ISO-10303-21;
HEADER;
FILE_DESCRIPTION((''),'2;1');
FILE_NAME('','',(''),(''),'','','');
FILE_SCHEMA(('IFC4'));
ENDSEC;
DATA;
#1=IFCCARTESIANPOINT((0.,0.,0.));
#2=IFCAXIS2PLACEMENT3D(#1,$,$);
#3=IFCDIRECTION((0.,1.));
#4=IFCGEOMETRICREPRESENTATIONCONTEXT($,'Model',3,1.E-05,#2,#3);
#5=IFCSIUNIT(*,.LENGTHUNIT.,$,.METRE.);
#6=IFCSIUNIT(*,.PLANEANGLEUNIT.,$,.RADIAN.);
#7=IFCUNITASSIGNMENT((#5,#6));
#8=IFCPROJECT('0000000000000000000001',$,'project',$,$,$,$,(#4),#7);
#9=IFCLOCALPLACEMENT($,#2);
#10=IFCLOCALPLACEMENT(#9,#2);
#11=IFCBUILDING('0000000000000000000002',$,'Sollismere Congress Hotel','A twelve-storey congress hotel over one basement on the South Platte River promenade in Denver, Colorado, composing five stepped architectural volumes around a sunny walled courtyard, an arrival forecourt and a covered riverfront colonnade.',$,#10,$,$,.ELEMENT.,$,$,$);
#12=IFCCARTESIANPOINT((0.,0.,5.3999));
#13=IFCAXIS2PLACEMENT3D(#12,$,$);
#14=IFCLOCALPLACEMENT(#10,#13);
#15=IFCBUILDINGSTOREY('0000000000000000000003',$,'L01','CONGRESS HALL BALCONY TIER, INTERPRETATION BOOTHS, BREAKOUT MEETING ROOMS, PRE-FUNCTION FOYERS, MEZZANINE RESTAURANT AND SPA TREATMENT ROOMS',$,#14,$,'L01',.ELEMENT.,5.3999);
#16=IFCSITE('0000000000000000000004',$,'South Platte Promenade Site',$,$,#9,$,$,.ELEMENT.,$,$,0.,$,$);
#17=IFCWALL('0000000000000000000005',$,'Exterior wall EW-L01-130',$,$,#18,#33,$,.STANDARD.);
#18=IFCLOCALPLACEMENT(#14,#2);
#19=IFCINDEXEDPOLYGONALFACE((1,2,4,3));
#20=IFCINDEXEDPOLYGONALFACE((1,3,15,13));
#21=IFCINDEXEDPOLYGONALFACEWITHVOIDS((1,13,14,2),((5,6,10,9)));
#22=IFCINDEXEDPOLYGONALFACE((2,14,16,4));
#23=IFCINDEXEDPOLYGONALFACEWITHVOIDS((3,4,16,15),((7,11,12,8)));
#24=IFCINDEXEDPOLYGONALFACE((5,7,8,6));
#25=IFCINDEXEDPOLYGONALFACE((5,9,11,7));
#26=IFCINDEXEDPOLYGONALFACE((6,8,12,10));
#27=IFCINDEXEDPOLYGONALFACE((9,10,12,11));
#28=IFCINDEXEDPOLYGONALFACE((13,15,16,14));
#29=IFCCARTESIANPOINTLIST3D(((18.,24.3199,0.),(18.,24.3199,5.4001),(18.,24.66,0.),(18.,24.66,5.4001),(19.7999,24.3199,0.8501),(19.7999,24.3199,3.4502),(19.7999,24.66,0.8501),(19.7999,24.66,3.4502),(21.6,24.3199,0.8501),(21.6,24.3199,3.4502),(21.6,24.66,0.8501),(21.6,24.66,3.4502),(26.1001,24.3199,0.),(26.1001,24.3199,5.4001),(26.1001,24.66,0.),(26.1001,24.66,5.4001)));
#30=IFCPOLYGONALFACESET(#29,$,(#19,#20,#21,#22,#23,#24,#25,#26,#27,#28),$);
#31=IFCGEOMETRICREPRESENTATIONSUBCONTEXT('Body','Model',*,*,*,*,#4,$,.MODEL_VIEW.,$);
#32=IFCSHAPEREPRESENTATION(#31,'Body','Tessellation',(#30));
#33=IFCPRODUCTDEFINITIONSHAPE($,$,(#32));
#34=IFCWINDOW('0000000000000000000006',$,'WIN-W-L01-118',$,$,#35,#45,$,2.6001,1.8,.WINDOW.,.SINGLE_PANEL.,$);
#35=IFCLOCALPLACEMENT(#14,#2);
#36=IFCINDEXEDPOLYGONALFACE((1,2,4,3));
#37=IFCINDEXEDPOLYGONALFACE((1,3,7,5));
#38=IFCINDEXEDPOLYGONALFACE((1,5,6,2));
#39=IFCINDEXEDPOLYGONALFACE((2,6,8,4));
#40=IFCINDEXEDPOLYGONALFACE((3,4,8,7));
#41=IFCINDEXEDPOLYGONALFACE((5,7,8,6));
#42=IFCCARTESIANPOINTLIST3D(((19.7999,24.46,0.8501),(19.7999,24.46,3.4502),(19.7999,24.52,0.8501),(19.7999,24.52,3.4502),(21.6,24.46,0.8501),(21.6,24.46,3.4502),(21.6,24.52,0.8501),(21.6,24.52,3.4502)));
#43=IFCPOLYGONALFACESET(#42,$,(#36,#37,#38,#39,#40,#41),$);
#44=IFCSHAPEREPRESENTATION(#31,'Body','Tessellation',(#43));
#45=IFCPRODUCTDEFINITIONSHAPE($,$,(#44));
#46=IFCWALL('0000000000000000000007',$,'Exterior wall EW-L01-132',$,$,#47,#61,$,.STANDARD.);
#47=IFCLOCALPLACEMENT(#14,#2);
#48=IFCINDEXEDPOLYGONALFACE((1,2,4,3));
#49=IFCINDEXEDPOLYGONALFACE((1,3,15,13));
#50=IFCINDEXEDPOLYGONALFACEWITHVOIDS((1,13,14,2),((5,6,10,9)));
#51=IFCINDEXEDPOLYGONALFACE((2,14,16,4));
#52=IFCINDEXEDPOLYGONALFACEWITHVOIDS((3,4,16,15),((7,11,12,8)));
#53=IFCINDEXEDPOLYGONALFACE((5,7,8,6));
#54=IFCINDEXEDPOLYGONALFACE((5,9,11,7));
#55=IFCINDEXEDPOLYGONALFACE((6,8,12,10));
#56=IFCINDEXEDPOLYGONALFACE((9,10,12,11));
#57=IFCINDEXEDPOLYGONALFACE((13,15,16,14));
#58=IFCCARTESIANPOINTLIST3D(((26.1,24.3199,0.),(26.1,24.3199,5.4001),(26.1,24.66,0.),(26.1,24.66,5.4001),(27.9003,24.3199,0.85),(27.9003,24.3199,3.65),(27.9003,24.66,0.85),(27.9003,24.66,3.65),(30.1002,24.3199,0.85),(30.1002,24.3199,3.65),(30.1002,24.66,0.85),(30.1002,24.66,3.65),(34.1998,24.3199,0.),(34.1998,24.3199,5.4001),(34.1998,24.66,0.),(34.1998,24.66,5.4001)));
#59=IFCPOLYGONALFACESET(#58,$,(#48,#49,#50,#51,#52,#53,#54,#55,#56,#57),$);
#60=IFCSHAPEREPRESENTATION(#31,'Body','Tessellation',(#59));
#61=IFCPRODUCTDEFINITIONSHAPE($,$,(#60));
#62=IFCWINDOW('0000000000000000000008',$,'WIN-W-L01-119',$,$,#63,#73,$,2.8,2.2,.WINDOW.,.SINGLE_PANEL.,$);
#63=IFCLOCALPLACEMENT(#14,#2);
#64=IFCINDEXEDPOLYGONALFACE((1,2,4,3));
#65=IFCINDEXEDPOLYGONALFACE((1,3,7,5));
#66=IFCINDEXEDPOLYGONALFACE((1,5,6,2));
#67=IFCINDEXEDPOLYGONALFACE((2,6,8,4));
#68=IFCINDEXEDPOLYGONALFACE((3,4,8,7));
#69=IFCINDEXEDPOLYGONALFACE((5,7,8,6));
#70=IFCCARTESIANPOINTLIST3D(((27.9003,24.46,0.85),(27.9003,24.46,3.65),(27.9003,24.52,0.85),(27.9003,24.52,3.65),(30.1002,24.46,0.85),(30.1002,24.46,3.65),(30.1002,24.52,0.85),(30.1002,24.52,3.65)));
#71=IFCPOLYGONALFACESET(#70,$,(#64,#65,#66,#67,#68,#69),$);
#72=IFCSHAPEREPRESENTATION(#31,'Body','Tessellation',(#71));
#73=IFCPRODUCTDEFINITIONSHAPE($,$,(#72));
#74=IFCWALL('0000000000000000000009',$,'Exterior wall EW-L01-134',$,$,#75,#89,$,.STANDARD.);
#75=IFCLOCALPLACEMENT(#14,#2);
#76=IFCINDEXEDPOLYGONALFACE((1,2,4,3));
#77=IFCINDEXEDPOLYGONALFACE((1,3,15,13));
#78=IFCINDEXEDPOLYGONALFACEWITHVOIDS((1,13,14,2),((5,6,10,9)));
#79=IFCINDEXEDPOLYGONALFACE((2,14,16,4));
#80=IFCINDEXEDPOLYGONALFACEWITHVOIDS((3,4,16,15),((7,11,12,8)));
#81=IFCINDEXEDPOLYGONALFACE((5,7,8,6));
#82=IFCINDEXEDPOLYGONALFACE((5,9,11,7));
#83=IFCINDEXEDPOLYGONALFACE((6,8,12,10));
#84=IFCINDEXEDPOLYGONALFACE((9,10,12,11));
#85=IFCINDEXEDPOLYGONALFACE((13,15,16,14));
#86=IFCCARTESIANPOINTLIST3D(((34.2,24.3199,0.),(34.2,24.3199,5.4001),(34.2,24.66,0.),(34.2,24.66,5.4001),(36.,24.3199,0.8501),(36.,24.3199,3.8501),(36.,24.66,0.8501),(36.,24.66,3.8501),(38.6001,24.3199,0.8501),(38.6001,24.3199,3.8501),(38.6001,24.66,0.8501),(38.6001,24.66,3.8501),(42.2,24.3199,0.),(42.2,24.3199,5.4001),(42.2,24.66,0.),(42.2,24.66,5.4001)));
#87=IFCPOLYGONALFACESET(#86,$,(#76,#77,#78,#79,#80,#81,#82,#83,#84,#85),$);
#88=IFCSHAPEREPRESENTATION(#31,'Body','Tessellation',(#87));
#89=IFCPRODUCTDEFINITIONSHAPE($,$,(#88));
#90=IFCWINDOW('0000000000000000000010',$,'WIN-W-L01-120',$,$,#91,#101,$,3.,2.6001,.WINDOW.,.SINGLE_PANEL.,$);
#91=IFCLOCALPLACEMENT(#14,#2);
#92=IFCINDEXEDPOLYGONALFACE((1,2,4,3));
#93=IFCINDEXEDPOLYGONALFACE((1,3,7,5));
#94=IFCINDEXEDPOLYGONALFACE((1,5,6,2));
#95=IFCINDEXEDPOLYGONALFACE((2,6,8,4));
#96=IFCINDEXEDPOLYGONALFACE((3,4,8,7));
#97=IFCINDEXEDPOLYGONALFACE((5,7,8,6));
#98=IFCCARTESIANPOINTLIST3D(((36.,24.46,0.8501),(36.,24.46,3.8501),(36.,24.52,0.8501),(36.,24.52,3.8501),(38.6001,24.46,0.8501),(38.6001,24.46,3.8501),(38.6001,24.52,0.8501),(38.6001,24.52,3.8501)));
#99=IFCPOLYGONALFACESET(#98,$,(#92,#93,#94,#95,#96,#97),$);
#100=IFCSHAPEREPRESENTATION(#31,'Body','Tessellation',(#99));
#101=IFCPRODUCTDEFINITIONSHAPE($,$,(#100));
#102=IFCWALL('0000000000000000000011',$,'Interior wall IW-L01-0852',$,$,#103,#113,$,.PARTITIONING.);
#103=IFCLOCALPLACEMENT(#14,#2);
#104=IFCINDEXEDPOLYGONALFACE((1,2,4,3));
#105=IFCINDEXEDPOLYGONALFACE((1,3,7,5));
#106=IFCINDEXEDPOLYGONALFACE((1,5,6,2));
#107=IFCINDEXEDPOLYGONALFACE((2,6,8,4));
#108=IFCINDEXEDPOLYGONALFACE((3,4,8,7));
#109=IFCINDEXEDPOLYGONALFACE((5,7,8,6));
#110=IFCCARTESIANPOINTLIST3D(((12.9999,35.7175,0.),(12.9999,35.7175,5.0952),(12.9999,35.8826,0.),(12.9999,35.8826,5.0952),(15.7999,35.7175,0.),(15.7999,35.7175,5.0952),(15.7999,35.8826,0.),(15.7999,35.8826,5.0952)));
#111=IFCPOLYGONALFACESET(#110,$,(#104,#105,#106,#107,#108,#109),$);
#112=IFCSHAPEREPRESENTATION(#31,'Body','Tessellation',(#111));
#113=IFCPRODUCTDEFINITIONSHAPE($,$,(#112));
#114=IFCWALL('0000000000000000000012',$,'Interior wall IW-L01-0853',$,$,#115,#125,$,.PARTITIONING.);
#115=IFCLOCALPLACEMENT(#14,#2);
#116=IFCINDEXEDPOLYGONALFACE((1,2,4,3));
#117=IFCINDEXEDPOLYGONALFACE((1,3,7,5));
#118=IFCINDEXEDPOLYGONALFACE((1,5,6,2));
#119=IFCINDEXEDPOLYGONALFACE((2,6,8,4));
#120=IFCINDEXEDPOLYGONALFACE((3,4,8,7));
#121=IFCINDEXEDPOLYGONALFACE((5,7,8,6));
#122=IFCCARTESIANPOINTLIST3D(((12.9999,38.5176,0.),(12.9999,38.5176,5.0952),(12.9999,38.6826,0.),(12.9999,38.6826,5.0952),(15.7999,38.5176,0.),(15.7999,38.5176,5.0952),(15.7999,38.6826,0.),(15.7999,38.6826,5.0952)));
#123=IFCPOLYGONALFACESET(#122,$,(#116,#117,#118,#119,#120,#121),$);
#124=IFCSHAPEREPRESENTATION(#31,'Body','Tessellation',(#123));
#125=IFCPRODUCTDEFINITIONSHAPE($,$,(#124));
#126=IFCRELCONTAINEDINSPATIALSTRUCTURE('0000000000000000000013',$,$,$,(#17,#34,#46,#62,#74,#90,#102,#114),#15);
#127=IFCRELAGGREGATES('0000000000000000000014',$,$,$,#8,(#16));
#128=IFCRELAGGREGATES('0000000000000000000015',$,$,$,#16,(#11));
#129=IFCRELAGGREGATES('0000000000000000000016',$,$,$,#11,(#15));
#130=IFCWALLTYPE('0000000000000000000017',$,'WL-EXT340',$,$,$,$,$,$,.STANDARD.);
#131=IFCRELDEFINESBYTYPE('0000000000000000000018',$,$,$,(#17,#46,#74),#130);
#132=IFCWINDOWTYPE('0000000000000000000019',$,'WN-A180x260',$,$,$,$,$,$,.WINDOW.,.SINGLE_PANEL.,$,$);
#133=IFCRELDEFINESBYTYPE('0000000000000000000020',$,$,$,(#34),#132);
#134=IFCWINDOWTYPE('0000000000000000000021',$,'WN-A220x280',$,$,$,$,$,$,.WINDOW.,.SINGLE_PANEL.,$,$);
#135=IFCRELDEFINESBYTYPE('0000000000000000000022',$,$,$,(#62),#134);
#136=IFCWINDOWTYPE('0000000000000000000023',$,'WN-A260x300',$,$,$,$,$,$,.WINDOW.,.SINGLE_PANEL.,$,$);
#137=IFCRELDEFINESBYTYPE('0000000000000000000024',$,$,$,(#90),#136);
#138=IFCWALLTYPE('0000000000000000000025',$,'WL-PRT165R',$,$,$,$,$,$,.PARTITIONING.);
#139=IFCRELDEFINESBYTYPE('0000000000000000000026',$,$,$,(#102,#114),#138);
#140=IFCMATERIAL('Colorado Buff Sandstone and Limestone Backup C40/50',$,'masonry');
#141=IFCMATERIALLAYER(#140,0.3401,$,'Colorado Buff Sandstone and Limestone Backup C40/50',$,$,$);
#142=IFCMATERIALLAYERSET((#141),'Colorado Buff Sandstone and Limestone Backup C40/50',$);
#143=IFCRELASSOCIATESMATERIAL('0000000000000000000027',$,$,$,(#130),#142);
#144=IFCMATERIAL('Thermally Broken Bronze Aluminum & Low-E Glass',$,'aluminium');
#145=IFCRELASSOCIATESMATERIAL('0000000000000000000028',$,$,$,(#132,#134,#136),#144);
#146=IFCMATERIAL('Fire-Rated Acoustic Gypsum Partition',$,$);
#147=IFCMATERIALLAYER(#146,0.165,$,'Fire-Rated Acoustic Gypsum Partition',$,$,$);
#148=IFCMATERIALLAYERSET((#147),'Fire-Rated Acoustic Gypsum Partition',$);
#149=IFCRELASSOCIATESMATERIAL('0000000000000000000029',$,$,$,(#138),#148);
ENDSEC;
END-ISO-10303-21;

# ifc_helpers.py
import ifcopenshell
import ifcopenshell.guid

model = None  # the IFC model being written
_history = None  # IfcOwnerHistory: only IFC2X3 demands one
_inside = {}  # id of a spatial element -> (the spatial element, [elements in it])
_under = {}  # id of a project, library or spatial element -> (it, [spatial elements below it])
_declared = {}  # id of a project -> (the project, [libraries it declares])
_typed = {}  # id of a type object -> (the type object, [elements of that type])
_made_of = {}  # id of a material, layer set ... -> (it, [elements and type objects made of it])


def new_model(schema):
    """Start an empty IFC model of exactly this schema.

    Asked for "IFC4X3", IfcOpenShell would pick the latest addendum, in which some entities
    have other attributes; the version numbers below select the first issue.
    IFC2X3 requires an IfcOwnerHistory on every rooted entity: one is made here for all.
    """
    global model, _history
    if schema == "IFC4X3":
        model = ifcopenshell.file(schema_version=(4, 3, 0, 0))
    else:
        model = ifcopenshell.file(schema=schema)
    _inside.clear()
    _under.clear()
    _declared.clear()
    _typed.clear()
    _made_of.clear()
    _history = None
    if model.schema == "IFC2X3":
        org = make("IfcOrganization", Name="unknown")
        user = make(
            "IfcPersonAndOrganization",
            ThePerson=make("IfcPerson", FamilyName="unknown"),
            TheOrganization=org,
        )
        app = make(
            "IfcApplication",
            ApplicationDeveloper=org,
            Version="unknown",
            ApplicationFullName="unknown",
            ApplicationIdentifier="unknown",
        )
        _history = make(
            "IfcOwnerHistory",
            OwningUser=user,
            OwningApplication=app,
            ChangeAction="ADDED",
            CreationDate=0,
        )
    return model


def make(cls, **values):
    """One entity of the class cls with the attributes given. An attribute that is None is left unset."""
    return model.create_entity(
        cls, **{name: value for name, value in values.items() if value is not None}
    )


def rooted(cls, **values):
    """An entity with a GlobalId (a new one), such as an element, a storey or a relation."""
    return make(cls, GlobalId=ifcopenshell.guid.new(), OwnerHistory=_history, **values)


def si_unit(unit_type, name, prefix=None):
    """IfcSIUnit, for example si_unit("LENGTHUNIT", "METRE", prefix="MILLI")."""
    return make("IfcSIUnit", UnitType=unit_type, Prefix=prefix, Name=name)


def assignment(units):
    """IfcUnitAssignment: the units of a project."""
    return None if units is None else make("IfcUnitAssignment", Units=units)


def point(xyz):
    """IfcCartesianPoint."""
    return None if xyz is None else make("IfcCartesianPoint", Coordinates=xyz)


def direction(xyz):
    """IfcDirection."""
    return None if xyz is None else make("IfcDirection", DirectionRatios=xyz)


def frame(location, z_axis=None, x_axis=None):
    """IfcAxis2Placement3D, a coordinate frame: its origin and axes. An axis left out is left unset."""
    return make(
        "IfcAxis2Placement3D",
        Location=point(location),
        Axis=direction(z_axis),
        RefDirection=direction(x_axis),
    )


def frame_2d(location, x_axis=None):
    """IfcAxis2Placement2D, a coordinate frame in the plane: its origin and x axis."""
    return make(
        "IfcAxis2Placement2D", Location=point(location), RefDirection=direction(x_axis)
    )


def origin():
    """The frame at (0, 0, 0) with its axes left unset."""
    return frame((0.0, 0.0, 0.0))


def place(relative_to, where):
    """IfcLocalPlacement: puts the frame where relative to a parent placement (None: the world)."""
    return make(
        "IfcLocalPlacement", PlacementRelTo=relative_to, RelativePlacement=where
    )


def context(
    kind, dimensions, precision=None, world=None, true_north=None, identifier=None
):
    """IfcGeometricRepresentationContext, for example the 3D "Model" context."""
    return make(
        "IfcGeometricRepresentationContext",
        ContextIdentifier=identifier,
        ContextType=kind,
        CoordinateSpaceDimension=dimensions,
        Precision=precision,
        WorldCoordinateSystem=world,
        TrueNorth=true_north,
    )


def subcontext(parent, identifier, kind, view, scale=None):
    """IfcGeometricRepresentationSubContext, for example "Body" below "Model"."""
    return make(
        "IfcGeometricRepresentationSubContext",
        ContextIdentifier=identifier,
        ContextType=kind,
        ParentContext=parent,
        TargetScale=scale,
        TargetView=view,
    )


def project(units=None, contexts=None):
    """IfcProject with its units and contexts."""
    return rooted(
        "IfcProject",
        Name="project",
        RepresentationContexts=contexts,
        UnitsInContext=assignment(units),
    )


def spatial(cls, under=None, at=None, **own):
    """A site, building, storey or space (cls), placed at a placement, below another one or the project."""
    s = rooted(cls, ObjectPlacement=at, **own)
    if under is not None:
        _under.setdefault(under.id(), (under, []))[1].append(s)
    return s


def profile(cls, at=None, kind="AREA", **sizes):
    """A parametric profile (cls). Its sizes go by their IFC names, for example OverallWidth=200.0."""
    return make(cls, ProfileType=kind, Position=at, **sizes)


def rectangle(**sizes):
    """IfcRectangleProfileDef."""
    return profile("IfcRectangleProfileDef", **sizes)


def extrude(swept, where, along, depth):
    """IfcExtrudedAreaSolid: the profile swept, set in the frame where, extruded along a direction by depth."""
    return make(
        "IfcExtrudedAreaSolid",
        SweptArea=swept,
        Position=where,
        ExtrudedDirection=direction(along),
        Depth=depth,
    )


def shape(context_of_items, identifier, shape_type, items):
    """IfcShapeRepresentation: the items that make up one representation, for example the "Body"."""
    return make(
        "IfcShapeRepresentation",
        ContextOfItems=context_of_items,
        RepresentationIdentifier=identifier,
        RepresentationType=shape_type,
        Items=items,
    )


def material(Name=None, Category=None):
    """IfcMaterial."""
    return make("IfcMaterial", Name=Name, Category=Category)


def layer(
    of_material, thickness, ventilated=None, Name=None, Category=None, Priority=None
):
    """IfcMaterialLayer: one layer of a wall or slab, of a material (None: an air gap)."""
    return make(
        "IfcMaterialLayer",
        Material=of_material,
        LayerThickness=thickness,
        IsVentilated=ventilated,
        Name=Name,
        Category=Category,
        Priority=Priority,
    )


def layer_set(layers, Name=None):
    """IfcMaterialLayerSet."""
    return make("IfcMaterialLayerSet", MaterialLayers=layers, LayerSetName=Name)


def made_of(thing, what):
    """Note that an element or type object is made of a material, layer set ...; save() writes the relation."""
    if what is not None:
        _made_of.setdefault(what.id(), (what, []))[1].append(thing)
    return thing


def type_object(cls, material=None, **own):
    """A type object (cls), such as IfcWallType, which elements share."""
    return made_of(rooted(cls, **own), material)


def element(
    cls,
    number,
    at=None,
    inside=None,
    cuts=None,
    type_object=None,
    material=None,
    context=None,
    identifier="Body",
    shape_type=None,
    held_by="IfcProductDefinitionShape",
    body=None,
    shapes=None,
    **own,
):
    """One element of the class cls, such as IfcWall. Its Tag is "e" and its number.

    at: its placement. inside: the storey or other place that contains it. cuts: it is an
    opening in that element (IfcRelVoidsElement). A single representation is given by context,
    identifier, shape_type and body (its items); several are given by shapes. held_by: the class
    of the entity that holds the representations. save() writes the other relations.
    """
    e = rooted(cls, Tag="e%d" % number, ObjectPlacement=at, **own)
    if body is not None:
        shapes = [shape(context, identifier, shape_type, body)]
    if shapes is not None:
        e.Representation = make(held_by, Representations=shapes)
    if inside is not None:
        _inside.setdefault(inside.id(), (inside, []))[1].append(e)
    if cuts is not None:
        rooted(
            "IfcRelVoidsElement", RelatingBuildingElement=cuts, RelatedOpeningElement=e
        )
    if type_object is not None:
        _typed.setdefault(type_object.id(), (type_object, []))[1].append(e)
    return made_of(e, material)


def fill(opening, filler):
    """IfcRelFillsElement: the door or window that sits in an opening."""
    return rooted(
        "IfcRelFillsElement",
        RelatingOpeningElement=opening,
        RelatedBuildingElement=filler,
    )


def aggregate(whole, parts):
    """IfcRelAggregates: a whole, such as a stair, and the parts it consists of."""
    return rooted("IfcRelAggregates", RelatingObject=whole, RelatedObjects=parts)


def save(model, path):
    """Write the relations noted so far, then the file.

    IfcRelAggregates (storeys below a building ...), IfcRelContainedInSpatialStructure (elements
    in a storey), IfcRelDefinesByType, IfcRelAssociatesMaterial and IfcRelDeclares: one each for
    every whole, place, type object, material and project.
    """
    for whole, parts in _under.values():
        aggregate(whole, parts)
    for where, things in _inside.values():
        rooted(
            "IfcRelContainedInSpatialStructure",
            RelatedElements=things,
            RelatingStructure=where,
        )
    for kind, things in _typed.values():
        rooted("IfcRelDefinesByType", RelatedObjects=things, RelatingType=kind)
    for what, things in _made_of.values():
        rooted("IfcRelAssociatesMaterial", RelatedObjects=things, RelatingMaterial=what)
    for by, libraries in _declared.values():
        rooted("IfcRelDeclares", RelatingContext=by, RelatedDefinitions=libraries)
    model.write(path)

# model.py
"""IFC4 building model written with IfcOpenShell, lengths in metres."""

from ifc_helpers import new_model, si_unit, direction, frame, frame_2d, origin, place, context, subcontext, project, spatial, rectangle, extrude, material, layer, layer_set, type_object, element, fill, save


model = new_model("IFC4")

# Units and contexts
model_context = context("Model", 3, precision=1e-05, world=origin(), true_north=direction((0.0, 1.0)))
body_context = subcontext(model_context, "Body", "Model", "MODEL_VIEW")
ifc_project = project(units=[si_unit("LENGTHUNIT", "METRE"), si_unit("PLANEANGLEUNIT", "RADIAN")], contexts=[model_context])

# Site, building, storey
site_placement = place(None, origin())
site = spatial("IfcSite", under=ifc_project, at=site_placement, Name="South Platte Promenade Site", CompositionType="ELEMENT", RefElevation=0.0)
building_placement = place(site_placement, origin())
building = spatial("IfcBuilding", under=site, at=building_placement, Name="Sollismere Congress Hotel", Description="A twelve-storey congress hotel over one basement on the South Platte River promenade in Denver, Colorado, composing five stepped architectural volumes around a sunny walled courtyard, an arrival forecourt and a covered riverfront colonnade.", CompositionType="ELEMENT")
storey_placement = place(building_placement, frame((0.0, 0.0, 5.3999)))
storey = spatial("IfcBuildingStorey", under=building, at=storey_placement, Name="L01", Description="CONGRESS HALL BALCONY TIER, INTERPRETATION BOOTHS, BREAKOUT MEETING ROOMS, PRE-FUNCTION FOYERS, MEZZANINE RESTAURANT AND SPA TREATMENT ROOMS", LongName="L01", CompositionType="ELEMENT", Elevation=5.3999)

# Walls, openings, windows
ifc_material_1 = material(Name="Colorado Buff Sandstone and Limestone Backup C40/50", Category="masonry")
ifc_layer_1 = layer(ifc_material_1, 0.3401, Name="Colorado Buff Sandstone and Limestone Backup C40/50")
ifc_layer_set_1 = layer_set([ifc_layer_1], Name="Colorado Buff Sandstone and Limestone Backup C40/50")
wall_type_1 = type_object("IfcWallType", Name="WL-EXT340", PredefinedType="STANDARD", material=ifc_layer_set_1)
wall_1_placement = place(storey_placement, frame((18.0, 24.49, 0.0), z_axis=(0.0, 0.0, 1.0), x_axis=(1.0, 0.0, 0.0)))
wall_1 = element("IfcWall", 1, at=wall_1_placement, inside=storey, type_object=wall_type_1, Name="Exterior wall EW-L01-130", PredefinedType="STANDARD", context=body_context, shape_type="SweptSolid", body=[
    extrude(rectangle(XDim=8.1001, YDim=0.3401, at=frame_2d((4.05, 0.0))), origin(), (0.0, 0.0, 1.0), 5.4001),
])
opening_1_placement = place(wall_1_placement, frame((1.8, 0.0, 0.8501)))
opening_1 = element("IfcOpeningElement", 2, at=opening_1_placement, cuts=wall_1, PredefinedType="OPENING", context=body_context, shape_type="SweptSolid", body=[
    extrude(rectangle(XDim=1.8, YDim=2.6001, at=frame_2d((0.8999, 1.3))), frame((0.0, 0.1799, 0.0), z_axis=(0.0, -1.0, 0.0), x_axis=(1.0, 0.0, 0.0)), (0.0, 0.0, 1.0), 0.3601),
])
ifc_material_2 = material(Name="Thermally Broken Bronze Aluminum & Low-E Glass", Category="aluminium")
window_type_1 = type_object("IfcWindowType", Name="WN-A180x260", PartitioningType="SINGLE_PANEL", PredefinedType="WINDOW", material=ifc_material_2)
window_1_placement = place(opening_1_placement, origin())
window_1 = element("IfcWindow", 3, at=window_1_placement, inside=storey, type_object=window_type_1, Name="WIN-W-L01-118", OverallHeight=2.6001, OverallWidth=1.8, PartitioningType="SINGLE_PANEL", PredefinedType="WINDOW", context=body_context, shape_type="SweptSolid", body=[
    extrude(rectangle(XDim=1.8, YDim=2.6001, at=frame_2d((0.8999, 1.3))), frame((0.0, 0.03, 0.0), z_axis=(0.0, -1.0, 0.0), x_axis=(1.0, 0.0, 0.0)), (0.0, 0.0, 1.0), 0.0601),
])
fill(opening_1, window_1)
wall_2_placement = place(storey_placement, frame((26.1001, 24.49, 0.0), z_axis=(0.0, 0.0, 1.0), x_axis=(1.0, 0.0, 0.0)))
wall_2 = element("IfcWall", 4, at=wall_2_placement, inside=storey, type_object=wall_type_1, Name="Exterior wall EW-L01-132", PredefinedType="STANDARD", context=body_context, shape_type="SweptSolid", body=[
    extrude(rectangle(XDim=8.0999, YDim=0.3401, at=frame_2d((4.0498, 0.0))), origin(), (0.0, 0.0, 1.0), 5.4001),
])
opening_2_placement = place(wall_2_placement, frame((1.8, 0.0, 0.8501)))
opening_2 = element("IfcOpeningElement", 5, at=opening_2_placement, cuts=wall_2, PredefinedType="OPENING", context=body_context, shape_type="SweptSolid", body=[
    extrude(rectangle(XDim=2.2, YDim=2.8, at=frame_2d((1.1001, 1.3999))), frame((0.0, 0.1799, 0.0), z_axis=(0.0, -1.0, 0.0), x_axis=(1.0, 0.0, 0.0)), (0.0, 0.0, 1.0), 0.3601),
])
window_type_2 = type_object("IfcWindowType", Name="WN-A220x280", PartitioningType="SINGLE_PANEL", PredefinedType="WINDOW", material=ifc_material_2)
window_2_placement = place(opening_2_placement, origin())
window_2 = element("IfcWindow", 6, at=window_2_placement, inside=storey, type_object=window_type_2, Name="WIN-W-L01-119", OverallHeight=2.8, OverallWidth=2.2, PartitioningType="SINGLE_PANEL", PredefinedType="WINDOW", context=body_context, shape_type="SweptSolid", body=[
    extrude(rectangle(XDim=2.2, YDim=2.8, at=frame_2d((1.1001, 1.3999))), frame((0.0, 0.03, 0.0), z_axis=(0.0, -1.0, 0.0), x_axis=(1.0, 0.0, 0.0)), (0.0, 0.0, 1.0), 0.0601),
])
fill(opening_2, window_2)
wall_3_placement = place(storey_placement, frame((34.2, 24.49, 0.0), z_axis=(0.0, 0.0, 1.0), x_axis=(1.0, 0.0, 0.0)))
wall_3 = element("IfcWall", 7, at=wall_3_placement, inside=storey, type_object=wall_type_1, Name="Exterior wall EW-L01-134", PredefinedType="STANDARD", context=body_context, shape_type="SweptSolid", body=[
    extrude(rectangle(XDim=8.0, YDim=0.3401, at=frame_2d((4.0, 0.0))), origin(), (0.0, 0.0, 1.0), 5.4001),
])
opening_3_placement = place(wall_3_placement, frame((1.8, 0.0, 0.8501)))
opening_3 = element("IfcOpeningElement", 8, at=opening_3_placement, cuts=wall_3, PredefinedType="OPENING", context=body_context, shape_type="SweptSolid", body=[
    extrude(rectangle(XDim=2.6001, YDim=3.0, at=frame_2d((1.3, 1.5))), frame((0.0, 0.1799, 0.0), z_axis=(0.0, -1.0, 0.0), x_axis=(1.0, 0.0, 0.0)), (0.0, 0.0, 1.0), 0.3601),
])
window_type_3 = type_object("IfcWindowType", Name="WN-A260x300", PartitioningType="SINGLE_PANEL", PredefinedType="WINDOW", material=ifc_material_2)
window_3_placement = place(opening_3_placement, origin())
window_3 = element("IfcWindow", 9, at=window_3_placement, inside=storey, type_object=window_type_3, Name="WIN-W-L01-120", OverallHeight=3.0, OverallWidth=2.6001, PartitioningType="SINGLE_PANEL", PredefinedType="WINDOW", context=body_context, shape_type="SweptSolid", body=[
    extrude(rectangle(XDim=2.6001, YDim=3.0, at=frame_2d((1.3, 1.5))), frame((0.0, 0.03, 0.0), z_axis=(0.0, -1.0, 0.0), x_axis=(1.0, 0.0, 0.0)), (0.0, 0.0, 1.0), 0.0601),
])
fill(opening_3, window_3)

# Walls
ifc_material_3 = material(Name="Fire-Rated Acoustic Gypsum Partition")
ifc_layer_2 = layer(ifc_material_3, 0.165, Name="Fire-Rated Acoustic Gypsum Partition")
ifc_layer_set_2 = layer_set([ifc_layer_2], Name="Fire-Rated Acoustic Gypsum Partition")
wall_type_2 = type_object("IfcWallType", Name="WL-PRT165R", PredefinedType="PARTITIONING", material=ifc_layer_set_2)
for number, where, z_axis, x_axis, name in (
    (10, (13.0, 35.8, 0.0), (0.0, 0.0, 1.0), (1.0, 0.0, 0.0), "Interior wall IW-L01-0852"),
    (11, (13.0, 38.6001, 0.0), (0.0, 0.0, 1.0), (1.0, 0.0, 0.0), "Interior wall IW-L01-0853"),
):
    element("IfcWall", number, at=place(storey_placement, frame(where, z_axis=z_axis, x_axis=x_axis)), inside=storey, type_object=wall_type_2, Name=name, PredefinedType="PARTITIONING", context=body_context, shape_type="SweptSolid", body=[
        extrude(rectangle(XDim=2.8, YDim=0.165, at=frame_2d((1.3999, 0.0))), origin(), (0.0, 0.0, 1.0), 5.0952),
    ])

save(model, "model.ifc")
